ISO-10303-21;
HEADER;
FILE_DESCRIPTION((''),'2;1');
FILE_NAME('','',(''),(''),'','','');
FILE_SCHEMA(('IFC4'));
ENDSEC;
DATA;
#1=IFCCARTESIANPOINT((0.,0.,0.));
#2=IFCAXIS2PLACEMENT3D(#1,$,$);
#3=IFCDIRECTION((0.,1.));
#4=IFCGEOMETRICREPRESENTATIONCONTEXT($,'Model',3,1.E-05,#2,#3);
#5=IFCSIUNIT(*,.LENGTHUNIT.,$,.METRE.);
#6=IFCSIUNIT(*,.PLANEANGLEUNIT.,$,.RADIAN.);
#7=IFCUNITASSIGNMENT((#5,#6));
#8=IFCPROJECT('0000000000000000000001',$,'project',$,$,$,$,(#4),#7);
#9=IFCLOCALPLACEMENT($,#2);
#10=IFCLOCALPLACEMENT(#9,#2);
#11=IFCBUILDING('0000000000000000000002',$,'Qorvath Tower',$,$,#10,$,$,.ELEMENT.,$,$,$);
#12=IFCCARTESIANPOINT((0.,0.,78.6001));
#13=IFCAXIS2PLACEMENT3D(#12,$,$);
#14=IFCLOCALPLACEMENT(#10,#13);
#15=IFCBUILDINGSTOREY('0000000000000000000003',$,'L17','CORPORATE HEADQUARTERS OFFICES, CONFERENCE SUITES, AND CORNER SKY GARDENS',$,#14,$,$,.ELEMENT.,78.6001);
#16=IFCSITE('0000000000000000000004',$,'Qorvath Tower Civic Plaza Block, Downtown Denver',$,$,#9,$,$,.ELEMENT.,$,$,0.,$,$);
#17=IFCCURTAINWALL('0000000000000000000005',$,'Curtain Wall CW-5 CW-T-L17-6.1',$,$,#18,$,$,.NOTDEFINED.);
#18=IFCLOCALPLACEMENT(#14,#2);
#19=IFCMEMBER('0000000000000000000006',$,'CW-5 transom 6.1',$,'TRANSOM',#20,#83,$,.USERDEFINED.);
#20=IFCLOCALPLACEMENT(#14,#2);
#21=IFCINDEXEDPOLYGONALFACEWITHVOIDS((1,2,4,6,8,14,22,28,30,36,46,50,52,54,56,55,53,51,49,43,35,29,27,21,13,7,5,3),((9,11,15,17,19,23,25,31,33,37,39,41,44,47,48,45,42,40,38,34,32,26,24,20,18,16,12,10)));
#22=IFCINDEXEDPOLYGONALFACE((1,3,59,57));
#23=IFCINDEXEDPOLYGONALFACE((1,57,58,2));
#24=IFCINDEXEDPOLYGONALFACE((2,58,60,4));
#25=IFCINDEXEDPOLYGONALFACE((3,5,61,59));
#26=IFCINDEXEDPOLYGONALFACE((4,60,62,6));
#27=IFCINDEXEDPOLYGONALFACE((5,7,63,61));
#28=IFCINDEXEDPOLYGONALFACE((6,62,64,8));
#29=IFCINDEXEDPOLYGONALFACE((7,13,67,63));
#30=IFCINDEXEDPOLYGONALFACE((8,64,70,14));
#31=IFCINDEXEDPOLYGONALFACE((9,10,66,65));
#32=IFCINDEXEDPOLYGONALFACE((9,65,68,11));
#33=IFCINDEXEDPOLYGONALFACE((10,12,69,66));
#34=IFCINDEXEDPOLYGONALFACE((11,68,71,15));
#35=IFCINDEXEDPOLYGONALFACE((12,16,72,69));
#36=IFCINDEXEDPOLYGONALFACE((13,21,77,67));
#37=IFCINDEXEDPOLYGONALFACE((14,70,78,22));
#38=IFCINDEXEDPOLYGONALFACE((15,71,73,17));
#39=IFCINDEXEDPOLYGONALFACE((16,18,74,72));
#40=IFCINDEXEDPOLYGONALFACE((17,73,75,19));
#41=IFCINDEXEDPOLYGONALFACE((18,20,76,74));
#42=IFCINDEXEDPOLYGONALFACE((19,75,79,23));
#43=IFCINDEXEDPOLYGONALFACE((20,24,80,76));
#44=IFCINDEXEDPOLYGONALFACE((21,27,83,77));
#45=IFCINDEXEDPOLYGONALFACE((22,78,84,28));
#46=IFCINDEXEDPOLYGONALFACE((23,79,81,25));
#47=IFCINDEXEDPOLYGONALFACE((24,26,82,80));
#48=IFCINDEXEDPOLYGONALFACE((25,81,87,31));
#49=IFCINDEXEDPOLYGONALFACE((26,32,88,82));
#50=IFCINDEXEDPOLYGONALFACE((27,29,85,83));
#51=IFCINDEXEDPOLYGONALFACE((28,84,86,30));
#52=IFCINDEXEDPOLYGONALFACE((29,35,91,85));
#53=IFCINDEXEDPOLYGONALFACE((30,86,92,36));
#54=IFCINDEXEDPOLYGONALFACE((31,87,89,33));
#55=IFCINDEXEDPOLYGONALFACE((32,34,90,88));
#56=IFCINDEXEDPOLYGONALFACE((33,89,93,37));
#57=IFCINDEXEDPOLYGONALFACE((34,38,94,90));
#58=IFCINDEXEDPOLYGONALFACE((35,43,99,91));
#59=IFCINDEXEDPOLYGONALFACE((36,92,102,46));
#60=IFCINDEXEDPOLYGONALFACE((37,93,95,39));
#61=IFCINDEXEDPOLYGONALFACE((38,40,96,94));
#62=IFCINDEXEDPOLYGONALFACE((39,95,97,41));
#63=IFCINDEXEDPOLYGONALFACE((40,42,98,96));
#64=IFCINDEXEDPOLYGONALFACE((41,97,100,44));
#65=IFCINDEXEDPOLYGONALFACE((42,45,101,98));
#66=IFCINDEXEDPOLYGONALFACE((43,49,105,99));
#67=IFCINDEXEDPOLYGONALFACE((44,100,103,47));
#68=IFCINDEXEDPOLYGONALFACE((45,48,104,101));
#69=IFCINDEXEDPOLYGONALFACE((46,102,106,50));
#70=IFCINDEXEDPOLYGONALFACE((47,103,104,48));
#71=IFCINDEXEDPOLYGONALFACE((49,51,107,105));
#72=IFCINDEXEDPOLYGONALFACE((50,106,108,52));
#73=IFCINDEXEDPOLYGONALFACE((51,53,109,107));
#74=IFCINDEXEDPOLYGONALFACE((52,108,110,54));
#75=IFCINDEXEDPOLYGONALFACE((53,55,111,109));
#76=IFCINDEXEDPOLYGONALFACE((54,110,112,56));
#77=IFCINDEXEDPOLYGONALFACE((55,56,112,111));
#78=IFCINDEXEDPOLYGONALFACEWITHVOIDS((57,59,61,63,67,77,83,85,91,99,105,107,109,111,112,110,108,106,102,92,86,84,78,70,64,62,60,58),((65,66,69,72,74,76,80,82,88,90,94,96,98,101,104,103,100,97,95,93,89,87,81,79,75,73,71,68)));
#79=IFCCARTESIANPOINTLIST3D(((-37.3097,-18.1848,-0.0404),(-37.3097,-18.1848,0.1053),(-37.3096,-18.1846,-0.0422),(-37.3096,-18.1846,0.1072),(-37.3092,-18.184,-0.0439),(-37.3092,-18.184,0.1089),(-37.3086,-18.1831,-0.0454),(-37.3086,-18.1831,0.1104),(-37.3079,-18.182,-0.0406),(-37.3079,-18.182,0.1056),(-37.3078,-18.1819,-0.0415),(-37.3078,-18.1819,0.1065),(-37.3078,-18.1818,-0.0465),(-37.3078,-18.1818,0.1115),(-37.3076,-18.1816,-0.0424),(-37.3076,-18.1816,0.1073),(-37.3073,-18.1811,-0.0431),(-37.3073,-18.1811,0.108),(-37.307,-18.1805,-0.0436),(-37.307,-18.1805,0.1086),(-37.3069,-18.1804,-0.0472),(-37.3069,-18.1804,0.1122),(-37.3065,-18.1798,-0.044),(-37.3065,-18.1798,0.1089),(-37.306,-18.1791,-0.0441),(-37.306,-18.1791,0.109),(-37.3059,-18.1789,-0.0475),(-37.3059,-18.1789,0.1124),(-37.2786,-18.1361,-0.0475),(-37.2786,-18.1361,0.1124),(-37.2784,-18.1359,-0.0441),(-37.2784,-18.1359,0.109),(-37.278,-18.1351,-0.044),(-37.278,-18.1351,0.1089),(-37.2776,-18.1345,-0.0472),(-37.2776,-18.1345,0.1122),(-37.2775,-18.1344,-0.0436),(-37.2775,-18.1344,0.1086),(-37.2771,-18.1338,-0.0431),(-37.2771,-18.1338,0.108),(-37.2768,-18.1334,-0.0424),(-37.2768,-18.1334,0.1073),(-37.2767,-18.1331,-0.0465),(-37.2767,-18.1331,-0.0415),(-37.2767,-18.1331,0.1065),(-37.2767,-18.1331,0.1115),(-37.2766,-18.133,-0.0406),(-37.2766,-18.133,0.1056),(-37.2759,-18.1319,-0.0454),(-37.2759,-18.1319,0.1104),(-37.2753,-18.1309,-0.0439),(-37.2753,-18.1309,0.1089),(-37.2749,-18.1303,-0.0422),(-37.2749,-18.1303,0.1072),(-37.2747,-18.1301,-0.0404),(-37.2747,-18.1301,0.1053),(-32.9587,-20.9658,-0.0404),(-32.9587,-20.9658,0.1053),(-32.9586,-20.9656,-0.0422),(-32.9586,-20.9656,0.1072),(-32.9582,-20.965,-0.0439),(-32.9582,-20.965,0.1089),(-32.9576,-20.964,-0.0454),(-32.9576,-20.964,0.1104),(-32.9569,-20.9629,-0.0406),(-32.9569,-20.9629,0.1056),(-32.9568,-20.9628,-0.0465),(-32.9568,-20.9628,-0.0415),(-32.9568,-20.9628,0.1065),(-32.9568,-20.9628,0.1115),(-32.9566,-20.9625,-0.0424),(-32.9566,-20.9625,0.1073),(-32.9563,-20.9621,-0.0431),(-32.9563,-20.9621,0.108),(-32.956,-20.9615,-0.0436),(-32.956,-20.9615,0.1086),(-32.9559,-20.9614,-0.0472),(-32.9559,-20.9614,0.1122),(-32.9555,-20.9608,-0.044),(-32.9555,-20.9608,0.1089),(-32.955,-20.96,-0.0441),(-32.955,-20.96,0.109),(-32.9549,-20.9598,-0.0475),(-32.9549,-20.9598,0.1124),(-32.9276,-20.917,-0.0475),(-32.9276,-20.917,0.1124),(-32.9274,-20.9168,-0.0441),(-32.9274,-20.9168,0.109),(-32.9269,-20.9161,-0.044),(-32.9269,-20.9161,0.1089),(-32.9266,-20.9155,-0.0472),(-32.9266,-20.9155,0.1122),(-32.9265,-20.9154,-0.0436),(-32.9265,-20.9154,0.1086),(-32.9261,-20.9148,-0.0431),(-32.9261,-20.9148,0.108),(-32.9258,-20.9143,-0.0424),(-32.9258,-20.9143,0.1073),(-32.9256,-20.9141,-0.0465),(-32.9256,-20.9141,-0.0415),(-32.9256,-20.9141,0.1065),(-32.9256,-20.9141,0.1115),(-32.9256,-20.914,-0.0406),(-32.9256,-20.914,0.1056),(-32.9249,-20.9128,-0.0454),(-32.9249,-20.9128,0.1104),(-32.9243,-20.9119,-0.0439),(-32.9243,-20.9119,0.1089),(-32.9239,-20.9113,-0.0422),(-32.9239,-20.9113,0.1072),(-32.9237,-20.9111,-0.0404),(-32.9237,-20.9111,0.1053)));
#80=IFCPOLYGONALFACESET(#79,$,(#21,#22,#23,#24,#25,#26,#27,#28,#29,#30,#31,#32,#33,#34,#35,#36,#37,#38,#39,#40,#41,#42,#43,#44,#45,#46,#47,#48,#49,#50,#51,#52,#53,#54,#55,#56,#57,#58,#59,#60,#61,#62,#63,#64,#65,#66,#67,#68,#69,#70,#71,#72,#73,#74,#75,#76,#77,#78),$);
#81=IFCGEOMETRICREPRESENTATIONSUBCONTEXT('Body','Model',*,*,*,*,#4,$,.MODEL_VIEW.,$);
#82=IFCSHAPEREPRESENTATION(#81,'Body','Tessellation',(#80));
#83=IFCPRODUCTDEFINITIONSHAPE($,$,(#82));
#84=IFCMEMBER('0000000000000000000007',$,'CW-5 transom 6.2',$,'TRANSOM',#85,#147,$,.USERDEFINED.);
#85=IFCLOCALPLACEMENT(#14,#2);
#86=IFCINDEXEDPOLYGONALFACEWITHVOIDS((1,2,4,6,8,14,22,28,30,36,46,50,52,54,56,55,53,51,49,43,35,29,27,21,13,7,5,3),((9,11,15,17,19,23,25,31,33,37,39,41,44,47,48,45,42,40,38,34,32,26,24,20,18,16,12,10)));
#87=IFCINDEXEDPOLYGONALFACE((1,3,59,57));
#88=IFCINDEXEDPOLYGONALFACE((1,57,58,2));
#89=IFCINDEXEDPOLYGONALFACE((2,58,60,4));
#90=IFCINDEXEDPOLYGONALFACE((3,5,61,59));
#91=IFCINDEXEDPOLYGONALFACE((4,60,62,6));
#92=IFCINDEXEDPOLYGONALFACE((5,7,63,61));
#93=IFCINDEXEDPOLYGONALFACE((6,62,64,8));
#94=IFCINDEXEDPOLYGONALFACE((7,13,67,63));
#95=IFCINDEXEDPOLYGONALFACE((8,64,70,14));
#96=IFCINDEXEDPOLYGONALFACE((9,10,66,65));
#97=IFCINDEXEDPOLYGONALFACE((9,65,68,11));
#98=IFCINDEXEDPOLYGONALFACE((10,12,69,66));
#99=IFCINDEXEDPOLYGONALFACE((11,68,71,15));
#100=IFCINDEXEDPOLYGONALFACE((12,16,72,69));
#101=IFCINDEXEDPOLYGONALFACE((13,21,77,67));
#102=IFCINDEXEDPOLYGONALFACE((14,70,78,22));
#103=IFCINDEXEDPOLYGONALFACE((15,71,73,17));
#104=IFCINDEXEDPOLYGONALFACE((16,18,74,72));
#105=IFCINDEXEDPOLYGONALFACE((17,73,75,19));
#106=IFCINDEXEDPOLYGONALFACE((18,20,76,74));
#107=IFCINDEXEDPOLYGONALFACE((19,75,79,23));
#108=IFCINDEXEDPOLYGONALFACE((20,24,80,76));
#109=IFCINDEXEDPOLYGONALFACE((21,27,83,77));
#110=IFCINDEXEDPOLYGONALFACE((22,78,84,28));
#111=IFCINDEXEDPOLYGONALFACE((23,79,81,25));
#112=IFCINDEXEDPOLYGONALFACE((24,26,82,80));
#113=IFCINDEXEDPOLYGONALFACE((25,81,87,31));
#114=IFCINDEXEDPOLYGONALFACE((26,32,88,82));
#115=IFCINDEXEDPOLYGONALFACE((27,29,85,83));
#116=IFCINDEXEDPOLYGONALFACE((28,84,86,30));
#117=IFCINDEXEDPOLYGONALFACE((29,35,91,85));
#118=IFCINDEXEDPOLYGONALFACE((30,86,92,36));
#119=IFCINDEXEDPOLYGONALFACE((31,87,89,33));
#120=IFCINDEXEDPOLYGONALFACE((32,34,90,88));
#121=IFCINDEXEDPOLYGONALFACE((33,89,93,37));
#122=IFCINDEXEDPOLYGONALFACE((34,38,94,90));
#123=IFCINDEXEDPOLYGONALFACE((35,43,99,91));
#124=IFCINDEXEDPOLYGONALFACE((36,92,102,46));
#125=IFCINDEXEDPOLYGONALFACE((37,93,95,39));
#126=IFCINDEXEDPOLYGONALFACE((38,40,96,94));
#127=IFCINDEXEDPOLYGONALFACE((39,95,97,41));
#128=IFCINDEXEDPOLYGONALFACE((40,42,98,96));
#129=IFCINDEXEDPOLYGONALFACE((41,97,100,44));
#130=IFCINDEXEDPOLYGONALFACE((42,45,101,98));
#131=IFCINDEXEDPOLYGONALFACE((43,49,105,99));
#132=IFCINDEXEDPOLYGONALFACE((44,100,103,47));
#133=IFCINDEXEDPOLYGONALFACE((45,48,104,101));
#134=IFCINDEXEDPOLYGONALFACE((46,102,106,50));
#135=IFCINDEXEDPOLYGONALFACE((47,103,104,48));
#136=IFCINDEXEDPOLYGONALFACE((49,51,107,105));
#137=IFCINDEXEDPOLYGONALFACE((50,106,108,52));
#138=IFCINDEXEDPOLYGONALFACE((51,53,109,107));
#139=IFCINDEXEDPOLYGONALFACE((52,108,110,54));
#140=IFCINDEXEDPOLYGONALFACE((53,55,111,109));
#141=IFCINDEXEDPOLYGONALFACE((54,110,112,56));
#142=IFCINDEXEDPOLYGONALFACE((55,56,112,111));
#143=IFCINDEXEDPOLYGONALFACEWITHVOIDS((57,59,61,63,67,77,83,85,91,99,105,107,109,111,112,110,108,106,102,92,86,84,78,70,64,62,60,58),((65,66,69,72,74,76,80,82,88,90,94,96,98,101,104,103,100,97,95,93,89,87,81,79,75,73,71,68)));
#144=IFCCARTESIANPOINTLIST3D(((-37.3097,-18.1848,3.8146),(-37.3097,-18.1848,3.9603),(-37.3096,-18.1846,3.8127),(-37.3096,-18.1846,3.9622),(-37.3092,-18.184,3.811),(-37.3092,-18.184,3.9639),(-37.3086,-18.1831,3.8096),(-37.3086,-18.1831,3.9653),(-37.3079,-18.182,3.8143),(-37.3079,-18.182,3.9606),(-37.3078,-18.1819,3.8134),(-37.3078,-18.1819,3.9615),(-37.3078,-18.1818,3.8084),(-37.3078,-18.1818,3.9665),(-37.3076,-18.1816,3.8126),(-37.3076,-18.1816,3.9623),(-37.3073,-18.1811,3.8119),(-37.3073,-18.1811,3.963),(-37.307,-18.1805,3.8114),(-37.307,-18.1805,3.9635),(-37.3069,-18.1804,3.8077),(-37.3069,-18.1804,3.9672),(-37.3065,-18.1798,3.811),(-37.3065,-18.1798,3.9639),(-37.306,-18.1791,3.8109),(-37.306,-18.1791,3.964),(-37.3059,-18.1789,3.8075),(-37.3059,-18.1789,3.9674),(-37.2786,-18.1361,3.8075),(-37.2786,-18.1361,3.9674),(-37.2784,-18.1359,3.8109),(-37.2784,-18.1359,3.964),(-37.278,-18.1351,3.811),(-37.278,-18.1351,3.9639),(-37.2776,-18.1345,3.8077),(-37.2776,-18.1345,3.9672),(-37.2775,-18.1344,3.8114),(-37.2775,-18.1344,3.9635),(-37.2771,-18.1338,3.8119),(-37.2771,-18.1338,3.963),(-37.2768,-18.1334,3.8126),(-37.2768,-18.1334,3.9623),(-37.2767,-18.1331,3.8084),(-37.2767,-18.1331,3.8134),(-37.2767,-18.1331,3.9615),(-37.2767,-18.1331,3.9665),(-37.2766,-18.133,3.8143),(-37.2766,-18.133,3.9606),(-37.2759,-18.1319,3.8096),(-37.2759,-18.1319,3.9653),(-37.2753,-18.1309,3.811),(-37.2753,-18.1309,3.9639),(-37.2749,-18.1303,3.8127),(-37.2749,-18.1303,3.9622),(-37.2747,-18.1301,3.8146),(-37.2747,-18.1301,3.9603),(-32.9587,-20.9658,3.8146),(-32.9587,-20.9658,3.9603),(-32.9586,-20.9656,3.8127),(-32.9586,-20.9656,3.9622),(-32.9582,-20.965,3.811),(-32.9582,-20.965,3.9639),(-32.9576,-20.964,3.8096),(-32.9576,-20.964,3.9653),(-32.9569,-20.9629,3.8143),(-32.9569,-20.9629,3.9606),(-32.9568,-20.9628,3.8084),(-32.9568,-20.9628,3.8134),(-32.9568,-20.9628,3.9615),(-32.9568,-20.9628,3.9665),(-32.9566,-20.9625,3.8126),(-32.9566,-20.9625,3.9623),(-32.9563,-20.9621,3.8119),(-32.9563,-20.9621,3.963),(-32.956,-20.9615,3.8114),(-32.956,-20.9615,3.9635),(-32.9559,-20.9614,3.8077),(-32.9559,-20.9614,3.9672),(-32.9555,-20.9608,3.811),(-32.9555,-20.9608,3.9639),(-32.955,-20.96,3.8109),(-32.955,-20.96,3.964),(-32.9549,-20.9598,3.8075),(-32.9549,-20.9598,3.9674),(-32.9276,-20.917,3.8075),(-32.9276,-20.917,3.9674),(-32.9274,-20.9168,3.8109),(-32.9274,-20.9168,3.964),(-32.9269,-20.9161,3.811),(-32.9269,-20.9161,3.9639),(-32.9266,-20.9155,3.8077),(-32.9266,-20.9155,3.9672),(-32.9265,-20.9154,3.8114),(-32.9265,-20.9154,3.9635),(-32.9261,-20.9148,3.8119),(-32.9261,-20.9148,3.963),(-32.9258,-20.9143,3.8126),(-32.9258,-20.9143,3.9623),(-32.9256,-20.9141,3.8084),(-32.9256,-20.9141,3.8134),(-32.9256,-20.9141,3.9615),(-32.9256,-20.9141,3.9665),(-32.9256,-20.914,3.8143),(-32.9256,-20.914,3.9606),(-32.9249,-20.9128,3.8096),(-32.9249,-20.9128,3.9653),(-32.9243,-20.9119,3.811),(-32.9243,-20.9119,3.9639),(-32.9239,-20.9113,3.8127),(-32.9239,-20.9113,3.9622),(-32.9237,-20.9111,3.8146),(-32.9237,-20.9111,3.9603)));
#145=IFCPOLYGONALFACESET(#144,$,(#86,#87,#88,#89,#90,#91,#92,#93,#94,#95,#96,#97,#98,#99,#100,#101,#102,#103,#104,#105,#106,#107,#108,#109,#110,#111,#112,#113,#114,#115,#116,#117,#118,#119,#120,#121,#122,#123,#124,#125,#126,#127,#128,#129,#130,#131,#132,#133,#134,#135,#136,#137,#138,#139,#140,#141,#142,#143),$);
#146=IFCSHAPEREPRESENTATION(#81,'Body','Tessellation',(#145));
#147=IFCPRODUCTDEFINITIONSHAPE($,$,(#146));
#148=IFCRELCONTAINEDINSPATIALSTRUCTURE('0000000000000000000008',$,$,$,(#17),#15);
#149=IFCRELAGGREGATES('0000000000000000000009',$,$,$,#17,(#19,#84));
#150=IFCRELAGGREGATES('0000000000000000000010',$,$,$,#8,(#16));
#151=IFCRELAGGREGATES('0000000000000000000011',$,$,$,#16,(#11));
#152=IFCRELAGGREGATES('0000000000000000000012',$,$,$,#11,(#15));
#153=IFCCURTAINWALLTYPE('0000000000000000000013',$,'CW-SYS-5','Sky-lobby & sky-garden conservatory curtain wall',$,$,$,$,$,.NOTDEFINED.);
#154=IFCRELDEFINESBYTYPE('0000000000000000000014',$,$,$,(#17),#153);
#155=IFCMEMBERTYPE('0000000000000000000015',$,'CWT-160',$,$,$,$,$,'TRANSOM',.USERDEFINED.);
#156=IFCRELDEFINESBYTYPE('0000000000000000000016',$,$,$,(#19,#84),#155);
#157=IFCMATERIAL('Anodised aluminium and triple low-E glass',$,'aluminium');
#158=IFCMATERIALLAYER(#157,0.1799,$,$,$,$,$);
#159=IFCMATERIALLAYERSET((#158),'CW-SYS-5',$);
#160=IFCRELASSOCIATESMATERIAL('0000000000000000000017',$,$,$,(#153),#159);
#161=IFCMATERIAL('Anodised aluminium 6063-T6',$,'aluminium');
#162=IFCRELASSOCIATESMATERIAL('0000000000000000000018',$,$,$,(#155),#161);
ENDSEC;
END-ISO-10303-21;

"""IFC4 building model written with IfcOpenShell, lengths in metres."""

from ifc_helpers import new_model, si_unit, direction, frame, origin, origin_2d, place, context, subcontext, project, spatial, hollow_rectangle, extrude, material, layer, layer_set, material_profile, profile_set, type_object, element, aggregate, save


model = new_model("IFC4")

# Units and contexts
model_context = context("Model", 3, precision=1e-05, world=origin(), true_north=direction((0.0, 1.0)))
body_context = subcontext(model_context, "Body", "Model", "MODEL_VIEW")
ifc_project = project(units=[si_unit("LENGTHUNIT", "METRE"), si_unit("PLANEANGLEUNIT", "RADIAN")], contexts=[model_context])

# Site, building, storey
site_placement = place(None, origin())
site = spatial("IfcSite", under=ifc_project, at=site_placement, Name="Qorvath Tower Civic Plaza Block, Downtown Denver", CompositionType="ELEMENT", RefElevation=0.0)
building_placement = place(site_placement, origin())
building = spatial("IfcBuilding", under=site, at=building_placement, Name="Qorvath Tower", CompositionType="ELEMENT")
storey_placement = place(building_placement, frame((0.0, 0.0, 78.6001)))
storey = spatial("IfcBuildingStorey", under=building, at=storey_placement, Name="L17", Description="CORPORATE HEADQUARTERS OFFICES, CONFERENCE SUITES, AND CORNER SKY GARDENS", CompositionType="ELEMENT", Elevation=78.6001)

# Curtain wall, members
ifc_material_1 = material(Name="Anodised aluminium and triple low-E glass", Category="aluminium")
ifc_layer_1 = layer(ifc_material_1, 0.1799)
ifc_layer_set_1 = layer_set([ifc_layer_1], Name="CW-SYS-5")
curtain_wall_type = type_object("IfcCurtainWallType", Name="CW-SYS-5", Description="Sky-lobby & sky-garden conservatory curtain wall", PredefinedType="NOTDEFINED", material=ifc_layer_set_1)
curtain_wall_placement = place(storey_placement, origin())
curtain_wall = element("IfcCurtainWall", 1, at=curtain_wall_placement, inside=storey, type_object=curtain_wall_type, Name="Curtain Wall CW-5 CW-T-L17-6.1", PredefinedType="NOTDEFINED")
ifc_material_2 = material(Name="Anodised aluminium 6063-T6", Category="aluminium")
ifc_material_profile_1 = material_profile(ifc_material_2, hollow_rectangle(XDim=0.0649, YDim=0.1599, WallThickness=0.0034, InnerFilletRadius=0.0034, OuterFilletRadius=0.0071, at=origin_2d()), Name="CWT 160x65")
ifc_profile_set_1 = profile_set([ifc_material_profile_1], Name="Anodised aluminium 6063-T6")
member_type_1 = type_object("IfcMemberType", Name="CWT-160", ElementType="TRANSOM", PredefinedType="USERDEFINED", material=ifc_profile_set_1)
member_1_placement = place(storey_placement, frame((-37.2922, -18.1575, 0.0325), z_axis=(0.842595, -0.538548, 0.0), x_axis=(0.538548, 0.842595, 0.0)))
member_1 = element("IfcMember", 2, at=member_1_placement, type_object=member_type_1, Name="CW-5 transom 6.1", ObjectType="TRANSOM", PredefinedType="USERDEFINED", context=body_context, shape_type="SweptSolid", body=[
    extrude(hollow_rectangle(XDim=0.0649, YDim=0.1599, WallThickness=0.0034, InnerFilletRadius=0.0034, OuterFilletRadius=0.0071, at=origin_2d()), origin(), (0.0, 0.0, 1.0), 5.1638),
])
member_2_placement = place(storey_placement, frame((-37.2922, -18.1575, 3.8875), z_axis=(0.842595, -0.538548, 0.0), x_axis=(0.538548, 0.842595, 0.0)))
member_2 = element("IfcMember", 3, at=member_2_placement, type_object=member_type_1, Name="CW-5 transom 6.2", ObjectType="TRANSOM", PredefinedType="USERDEFINED", context=body_context, shape_type="SweptSolid", body=[
    extrude(hollow_rectangle(XDim=0.0649, YDim=0.1599, WallThickness=0.0034, InnerFilletRadius=0.0034, OuterFilletRadius=0.0071, at=origin_2d()), origin(), (0.0, 0.0, 1.0), 5.1638),
])
aggregate(curtain_wall, [member_1, member_2])

save(model, "model.ifc")
